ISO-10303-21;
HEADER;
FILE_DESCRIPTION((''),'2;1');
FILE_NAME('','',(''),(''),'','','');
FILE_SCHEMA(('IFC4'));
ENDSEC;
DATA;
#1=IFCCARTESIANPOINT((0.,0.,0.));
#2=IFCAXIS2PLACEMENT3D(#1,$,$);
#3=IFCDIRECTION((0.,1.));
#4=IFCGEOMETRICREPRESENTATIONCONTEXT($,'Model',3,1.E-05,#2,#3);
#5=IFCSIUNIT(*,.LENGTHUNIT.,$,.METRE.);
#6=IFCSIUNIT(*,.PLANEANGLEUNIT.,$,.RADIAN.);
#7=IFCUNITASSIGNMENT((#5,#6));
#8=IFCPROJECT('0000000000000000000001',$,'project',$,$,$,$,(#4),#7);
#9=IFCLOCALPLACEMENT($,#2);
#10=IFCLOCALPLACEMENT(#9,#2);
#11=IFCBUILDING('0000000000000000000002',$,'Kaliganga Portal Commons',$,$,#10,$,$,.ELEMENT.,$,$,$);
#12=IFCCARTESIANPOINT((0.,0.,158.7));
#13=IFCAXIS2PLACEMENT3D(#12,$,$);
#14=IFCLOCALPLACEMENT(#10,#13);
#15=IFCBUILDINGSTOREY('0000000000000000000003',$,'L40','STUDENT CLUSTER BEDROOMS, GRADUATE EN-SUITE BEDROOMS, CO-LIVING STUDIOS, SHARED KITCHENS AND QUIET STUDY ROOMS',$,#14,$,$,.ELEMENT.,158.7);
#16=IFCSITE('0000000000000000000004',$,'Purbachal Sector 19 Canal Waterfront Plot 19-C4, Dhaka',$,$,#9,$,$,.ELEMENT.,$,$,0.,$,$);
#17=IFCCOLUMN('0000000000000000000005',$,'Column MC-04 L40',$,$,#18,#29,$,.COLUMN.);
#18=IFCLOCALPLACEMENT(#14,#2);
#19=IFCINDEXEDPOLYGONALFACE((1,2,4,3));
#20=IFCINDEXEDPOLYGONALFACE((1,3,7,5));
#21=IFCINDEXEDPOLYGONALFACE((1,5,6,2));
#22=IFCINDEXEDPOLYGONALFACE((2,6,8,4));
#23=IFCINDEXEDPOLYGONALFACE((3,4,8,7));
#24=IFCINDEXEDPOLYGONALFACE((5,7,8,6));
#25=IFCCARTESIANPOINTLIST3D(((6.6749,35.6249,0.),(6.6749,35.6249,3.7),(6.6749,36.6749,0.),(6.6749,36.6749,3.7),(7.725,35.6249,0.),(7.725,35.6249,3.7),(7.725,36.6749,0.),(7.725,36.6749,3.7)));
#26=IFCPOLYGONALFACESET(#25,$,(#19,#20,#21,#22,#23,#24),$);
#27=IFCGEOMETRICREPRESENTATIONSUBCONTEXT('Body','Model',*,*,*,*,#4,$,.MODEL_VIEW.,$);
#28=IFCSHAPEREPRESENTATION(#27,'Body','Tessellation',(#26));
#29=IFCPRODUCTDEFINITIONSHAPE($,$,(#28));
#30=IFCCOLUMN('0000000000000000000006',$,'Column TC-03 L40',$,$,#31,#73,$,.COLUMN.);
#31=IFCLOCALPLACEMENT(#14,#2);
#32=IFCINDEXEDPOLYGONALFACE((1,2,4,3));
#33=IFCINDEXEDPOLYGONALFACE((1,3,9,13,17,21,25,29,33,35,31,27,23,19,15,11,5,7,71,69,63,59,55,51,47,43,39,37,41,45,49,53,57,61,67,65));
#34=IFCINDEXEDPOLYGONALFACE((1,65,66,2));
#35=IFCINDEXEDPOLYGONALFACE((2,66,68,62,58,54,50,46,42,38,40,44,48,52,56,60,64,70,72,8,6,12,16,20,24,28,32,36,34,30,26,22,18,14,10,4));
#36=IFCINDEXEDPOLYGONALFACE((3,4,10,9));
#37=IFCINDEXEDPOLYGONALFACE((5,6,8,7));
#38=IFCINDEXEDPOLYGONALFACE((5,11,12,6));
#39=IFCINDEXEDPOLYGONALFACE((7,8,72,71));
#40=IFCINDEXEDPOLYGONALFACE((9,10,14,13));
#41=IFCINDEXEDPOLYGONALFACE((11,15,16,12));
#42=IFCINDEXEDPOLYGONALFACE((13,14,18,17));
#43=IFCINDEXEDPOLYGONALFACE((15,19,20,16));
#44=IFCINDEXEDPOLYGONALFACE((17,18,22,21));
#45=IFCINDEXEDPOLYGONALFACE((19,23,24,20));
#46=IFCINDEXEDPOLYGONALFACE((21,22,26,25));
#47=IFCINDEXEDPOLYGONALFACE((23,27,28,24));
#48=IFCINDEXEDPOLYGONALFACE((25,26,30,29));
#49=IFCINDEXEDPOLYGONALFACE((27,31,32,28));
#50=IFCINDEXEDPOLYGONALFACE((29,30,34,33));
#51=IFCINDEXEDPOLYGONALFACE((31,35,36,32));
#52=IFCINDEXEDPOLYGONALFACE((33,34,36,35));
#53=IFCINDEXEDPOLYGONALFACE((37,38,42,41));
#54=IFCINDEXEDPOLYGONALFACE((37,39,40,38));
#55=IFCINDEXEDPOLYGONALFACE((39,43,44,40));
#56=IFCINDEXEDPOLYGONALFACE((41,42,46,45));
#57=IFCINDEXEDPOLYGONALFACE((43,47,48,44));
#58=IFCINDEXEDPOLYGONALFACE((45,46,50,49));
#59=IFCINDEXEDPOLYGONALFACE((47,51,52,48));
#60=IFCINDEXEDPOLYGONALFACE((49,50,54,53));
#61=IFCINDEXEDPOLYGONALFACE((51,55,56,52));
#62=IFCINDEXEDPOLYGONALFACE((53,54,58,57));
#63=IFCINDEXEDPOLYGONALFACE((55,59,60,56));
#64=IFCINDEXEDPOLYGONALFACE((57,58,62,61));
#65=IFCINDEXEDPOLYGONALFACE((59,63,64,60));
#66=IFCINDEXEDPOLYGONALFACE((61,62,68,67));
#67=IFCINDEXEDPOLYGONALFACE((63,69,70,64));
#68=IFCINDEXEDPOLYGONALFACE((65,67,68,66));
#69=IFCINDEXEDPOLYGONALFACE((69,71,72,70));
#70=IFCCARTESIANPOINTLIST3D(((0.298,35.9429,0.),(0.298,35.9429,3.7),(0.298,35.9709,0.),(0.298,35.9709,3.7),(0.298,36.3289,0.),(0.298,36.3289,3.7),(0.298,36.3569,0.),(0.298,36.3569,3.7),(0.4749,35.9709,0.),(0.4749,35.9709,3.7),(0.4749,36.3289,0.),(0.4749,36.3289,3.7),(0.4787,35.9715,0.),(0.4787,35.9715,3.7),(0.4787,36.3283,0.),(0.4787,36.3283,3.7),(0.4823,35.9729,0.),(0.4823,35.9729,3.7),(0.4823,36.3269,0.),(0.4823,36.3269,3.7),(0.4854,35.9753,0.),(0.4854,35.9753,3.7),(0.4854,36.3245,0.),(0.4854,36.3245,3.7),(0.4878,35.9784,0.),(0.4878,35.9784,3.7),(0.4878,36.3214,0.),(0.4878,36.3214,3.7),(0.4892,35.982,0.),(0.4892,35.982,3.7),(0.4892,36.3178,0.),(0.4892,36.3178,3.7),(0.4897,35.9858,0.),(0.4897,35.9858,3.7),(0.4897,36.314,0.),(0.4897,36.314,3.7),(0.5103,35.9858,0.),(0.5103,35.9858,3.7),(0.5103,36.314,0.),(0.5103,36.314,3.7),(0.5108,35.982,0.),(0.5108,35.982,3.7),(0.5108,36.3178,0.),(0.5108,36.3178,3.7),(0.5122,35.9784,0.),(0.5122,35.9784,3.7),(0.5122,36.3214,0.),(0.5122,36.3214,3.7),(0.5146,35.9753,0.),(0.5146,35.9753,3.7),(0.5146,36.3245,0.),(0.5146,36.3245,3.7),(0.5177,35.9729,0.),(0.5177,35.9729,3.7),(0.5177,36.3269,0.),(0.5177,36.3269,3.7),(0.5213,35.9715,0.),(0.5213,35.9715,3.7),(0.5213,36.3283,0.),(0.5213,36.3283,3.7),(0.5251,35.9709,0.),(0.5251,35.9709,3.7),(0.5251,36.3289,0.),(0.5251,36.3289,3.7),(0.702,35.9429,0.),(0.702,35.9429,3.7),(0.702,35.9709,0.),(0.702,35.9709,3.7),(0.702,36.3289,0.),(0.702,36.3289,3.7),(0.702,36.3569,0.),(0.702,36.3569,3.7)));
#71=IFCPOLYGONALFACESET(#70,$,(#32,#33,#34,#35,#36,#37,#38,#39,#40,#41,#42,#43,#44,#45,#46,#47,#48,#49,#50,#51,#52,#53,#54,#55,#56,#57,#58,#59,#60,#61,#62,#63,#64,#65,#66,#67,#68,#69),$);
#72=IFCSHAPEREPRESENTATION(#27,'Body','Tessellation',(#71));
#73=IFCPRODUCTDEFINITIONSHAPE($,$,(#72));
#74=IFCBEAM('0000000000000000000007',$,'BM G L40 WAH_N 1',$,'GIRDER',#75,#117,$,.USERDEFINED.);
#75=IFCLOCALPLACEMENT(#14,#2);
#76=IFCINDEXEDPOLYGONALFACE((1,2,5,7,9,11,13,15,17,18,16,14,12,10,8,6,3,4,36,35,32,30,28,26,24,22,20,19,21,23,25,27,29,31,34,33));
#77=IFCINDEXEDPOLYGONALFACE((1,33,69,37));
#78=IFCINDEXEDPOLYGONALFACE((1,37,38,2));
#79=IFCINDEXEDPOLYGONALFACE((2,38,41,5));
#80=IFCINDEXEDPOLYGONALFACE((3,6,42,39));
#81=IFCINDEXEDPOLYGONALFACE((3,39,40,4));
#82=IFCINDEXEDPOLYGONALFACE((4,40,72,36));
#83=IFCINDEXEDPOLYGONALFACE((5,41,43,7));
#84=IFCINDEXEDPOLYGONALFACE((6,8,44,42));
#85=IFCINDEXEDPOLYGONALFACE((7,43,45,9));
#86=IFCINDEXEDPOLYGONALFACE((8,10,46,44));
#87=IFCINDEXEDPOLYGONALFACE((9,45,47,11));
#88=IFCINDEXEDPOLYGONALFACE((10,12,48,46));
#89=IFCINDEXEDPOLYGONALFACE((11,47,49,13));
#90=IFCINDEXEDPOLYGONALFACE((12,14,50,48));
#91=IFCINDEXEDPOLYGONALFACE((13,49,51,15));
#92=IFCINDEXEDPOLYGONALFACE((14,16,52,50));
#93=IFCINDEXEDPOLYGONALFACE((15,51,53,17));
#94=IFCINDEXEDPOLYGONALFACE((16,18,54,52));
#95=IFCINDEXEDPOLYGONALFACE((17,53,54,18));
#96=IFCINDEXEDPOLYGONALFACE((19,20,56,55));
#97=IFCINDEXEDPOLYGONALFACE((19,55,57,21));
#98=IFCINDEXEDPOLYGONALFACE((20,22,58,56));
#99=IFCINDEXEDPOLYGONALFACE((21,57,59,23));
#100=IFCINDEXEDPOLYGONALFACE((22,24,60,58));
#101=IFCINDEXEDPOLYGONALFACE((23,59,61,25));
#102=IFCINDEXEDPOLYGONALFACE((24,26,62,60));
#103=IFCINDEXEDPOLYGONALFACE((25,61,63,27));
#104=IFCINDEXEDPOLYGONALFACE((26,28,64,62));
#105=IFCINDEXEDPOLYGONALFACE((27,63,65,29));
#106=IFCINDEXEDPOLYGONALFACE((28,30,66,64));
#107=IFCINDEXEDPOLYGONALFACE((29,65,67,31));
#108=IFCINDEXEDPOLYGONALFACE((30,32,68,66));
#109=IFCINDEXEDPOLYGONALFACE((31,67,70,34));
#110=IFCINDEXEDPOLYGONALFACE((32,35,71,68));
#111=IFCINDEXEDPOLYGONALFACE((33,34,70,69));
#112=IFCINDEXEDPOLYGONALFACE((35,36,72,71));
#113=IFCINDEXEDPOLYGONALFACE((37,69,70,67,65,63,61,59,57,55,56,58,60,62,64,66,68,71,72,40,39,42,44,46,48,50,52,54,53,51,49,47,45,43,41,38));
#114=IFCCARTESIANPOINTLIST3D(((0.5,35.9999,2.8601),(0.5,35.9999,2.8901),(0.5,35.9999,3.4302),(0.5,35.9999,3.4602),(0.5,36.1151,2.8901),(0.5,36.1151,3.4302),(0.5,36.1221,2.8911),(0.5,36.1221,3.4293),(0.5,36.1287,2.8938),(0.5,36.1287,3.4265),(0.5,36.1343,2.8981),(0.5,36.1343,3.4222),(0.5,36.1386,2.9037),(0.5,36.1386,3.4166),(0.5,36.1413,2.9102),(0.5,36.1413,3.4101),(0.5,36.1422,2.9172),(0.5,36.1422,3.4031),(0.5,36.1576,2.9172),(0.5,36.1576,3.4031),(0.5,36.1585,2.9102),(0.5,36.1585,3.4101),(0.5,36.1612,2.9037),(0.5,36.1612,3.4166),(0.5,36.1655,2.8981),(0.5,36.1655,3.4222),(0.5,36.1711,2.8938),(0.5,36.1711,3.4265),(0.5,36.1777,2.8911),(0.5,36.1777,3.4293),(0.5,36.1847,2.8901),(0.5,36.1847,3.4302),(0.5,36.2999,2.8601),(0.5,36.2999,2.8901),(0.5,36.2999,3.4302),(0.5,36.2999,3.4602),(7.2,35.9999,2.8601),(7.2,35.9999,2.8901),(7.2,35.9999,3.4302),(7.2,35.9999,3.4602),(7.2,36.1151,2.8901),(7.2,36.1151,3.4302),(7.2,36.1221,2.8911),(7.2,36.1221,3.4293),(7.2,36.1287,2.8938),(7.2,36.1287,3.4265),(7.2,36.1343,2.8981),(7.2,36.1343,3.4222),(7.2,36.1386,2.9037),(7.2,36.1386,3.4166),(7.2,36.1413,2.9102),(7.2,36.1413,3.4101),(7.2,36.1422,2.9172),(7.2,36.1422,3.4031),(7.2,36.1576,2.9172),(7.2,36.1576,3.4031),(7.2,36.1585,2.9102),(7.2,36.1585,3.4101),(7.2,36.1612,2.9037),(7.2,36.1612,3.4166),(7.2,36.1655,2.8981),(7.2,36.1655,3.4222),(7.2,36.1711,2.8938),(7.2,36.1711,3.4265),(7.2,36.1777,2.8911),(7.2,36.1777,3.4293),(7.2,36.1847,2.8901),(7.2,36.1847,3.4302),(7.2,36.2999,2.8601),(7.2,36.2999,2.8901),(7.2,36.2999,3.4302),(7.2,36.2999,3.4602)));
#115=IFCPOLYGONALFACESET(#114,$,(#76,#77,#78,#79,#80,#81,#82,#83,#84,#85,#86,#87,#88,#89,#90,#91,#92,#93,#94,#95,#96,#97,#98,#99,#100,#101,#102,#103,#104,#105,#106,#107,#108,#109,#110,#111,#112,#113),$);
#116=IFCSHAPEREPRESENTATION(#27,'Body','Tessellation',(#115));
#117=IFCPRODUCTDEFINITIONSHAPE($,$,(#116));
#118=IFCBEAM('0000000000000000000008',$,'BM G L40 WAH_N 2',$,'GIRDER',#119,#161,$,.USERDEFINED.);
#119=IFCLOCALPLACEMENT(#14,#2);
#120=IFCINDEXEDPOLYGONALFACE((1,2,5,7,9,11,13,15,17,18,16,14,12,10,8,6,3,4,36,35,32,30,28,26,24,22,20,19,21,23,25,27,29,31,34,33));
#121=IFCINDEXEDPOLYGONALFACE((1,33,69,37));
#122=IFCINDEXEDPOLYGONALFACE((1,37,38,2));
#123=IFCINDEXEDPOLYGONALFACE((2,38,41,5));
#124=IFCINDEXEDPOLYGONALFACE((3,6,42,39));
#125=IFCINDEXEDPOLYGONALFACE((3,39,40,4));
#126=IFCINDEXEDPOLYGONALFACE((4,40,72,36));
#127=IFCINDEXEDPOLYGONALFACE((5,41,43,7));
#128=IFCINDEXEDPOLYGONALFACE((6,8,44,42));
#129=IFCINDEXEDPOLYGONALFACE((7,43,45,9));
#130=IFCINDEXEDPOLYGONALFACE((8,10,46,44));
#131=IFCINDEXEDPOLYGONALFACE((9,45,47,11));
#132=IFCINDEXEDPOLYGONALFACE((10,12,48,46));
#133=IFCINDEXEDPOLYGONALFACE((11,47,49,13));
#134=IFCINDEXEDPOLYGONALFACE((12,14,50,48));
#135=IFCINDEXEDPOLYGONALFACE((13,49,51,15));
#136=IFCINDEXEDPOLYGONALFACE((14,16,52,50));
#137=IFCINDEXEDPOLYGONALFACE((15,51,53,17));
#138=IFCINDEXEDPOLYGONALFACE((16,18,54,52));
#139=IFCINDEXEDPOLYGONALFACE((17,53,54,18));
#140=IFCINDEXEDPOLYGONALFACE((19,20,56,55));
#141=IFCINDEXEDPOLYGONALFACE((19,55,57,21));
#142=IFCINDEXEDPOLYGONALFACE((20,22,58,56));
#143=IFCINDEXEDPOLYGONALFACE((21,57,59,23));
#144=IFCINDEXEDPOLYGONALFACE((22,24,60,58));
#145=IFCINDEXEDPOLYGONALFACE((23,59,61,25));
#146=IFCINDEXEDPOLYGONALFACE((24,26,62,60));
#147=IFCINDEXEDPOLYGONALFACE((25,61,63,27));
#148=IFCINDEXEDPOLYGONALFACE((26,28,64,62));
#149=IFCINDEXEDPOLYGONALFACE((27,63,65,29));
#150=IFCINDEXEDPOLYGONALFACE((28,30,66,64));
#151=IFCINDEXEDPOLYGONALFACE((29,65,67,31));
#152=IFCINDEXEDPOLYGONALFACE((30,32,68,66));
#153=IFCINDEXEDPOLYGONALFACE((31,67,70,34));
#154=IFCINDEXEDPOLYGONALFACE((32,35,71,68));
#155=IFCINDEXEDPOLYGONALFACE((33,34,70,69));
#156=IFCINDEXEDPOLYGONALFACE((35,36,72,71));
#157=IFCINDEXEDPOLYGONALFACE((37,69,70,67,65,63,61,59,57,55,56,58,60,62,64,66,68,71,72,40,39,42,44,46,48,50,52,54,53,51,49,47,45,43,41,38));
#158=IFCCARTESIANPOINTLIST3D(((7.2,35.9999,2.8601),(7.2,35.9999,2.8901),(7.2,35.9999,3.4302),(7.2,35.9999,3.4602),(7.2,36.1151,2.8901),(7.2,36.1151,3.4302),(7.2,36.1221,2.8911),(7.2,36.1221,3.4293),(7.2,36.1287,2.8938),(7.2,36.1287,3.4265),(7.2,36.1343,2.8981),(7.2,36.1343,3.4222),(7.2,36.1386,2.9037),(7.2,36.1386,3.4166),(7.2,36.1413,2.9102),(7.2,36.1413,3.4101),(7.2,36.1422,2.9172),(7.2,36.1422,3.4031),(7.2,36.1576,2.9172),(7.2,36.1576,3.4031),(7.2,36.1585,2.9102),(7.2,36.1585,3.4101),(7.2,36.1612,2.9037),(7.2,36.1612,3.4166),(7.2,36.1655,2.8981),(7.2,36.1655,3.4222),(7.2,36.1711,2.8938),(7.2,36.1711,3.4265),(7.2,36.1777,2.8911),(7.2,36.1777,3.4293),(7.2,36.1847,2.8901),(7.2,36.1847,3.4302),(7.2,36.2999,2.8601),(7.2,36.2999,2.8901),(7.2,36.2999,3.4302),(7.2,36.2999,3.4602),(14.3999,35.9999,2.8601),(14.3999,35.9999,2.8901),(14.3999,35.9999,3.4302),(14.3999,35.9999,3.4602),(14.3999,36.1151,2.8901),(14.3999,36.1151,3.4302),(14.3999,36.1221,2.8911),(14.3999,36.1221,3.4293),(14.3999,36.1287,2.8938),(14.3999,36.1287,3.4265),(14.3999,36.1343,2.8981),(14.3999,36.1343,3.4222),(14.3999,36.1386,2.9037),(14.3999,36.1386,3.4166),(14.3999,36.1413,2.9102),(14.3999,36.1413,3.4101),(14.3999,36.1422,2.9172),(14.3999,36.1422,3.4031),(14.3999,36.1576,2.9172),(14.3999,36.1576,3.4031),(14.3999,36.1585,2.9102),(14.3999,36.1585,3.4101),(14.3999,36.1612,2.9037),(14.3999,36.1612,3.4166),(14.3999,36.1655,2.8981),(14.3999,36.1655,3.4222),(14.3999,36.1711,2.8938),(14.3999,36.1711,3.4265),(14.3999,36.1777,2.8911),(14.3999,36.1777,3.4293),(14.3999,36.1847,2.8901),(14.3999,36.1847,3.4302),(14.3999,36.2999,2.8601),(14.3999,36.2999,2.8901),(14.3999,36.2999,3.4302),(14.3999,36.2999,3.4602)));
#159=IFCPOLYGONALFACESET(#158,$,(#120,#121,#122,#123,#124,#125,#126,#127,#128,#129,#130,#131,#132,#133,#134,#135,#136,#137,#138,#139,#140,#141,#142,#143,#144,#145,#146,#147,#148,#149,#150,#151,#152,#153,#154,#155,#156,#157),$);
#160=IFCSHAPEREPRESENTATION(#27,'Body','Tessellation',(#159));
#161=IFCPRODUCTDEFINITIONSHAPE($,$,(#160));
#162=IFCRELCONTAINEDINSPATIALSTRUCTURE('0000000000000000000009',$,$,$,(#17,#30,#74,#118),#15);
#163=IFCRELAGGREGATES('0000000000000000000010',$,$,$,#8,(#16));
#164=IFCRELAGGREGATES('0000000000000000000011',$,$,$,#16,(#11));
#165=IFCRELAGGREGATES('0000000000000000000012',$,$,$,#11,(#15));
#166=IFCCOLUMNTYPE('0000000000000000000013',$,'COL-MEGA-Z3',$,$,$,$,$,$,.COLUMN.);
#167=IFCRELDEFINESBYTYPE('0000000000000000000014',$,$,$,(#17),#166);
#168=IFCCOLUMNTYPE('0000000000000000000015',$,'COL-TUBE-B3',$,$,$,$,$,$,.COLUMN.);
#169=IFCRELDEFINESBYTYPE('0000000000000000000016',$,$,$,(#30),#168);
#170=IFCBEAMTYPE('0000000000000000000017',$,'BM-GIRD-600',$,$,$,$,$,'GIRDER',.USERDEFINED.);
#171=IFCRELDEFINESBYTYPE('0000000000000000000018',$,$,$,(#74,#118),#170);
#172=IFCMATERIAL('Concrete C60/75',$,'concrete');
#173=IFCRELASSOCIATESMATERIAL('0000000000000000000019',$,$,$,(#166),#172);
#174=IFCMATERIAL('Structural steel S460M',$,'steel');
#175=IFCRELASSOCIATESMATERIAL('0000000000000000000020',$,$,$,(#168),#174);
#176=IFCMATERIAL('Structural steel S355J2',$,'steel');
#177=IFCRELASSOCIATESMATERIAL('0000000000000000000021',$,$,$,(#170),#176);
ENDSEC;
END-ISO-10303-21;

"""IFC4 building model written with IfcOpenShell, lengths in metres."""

from ifc_helpers import new_model, si_unit, direction, frame, origin, origin_2d, place, context, subcontext, project, spatial, rectangle, i_section, extrude, source, transform, mapped, material, material_profile, profile_set, type_object, element, save


model = new_model("IFC4")

# Units and contexts
model_context = context("Model", 3, precision=1e-05, world=origin(), true_north=direction((0.0, 1.0)))
body_context = subcontext(model_context, "Body", "Model", "MODEL_VIEW")
ifc_project = project(units=[si_unit("LENGTHUNIT", "METRE"), si_unit("PLANEANGLEUNIT", "RADIAN")], contexts=[model_context])

# Site, building, storey
site_placement = place(None, origin())
site = spatial("IfcSite", under=ifc_project, at=site_placement, Name="Purbachal Sector 19 Canal Waterfront Plot 19-C4, Dhaka", CompositionType="ELEMENT", RefElevation=0.0)
building_placement = place(site_placement, origin())
building = spatial("IfcBuilding", under=site, at=building_placement, Name="Kaliganga Portal Commons", CompositionType="ELEMENT")
storey_placement = place(building_placement, frame((0.0, 0.0, 158.7)))
storey = spatial("IfcBuildingStorey", under=building, at=storey_placement, Name="L40", Description="STUDENT CLUSTER BEDROOMS, GRADUATE EN-SUITE BEDROOMS, CO-LIVING STUDIOS, SHARED KITCHENS AND QUIET STUDY ROOMS", CompositionType="ELEMENT", Elevation=158.7)

# Columns
ifc_material_1 = material(Name="Concrete C60/75", Category="concrete")
ifc_material_profile_1 = material_profile(ifc_material_1, rectangle(XDim=1.05, YDim=1.05, at=origin_2d()), Name="RC 1050x1050")
ifc_profile_set_1 = profile_set([ifc_material_profile_1], Name="Concrete C60/75")
column_type_1 = type_object("IfcColumnType", Name="COL-MEGA-Z3", PredefinedType="COLUMN", material=ifc_profile_set_1)
shared_shape_1 = source(origin(), body_context, "Body", "SweptSolid", [
    extrude(rectangle(XDim=1.05, YDim=1.05, at=origin_2d()), origin(), (0.0, 0.0, 1.0), 3.7),
])
column_1_placement = place(storey_placement, frame((7.2, 36.1499, 0.0), z_axis=(0.0, 0.0, 1.0), x_axis=(1.0, 0.0, 0.0)))
element("IfcColumn", 1, at=column_1_placement, inside=storey, type_object=column_type_1, Name="Column MC-04 L40", PredefinedType="COLUMN", context=body_context, shape_type="MappedRepresentation", body=[
    mapped(shared_shape_1, transform((0.0, 0.0, 0.0), x_axis=(1.0, 0.0, 0.0), y_axis=(0.0, 1.0, 0.0), z_axis=(0.0, 0.0, 1.0), scale=1.0)),
])
ifc_material_2 = material(Name="Structural steel S460M", Category="steel")
ifc_material_profile_2 = material_profile(ifc_material_2, i_section(OverallWidth=0.4041, OverallDepth=0.4141, WebThickness=0.0205, FlangeThickness=0.0281, FilletRadius=0.0149, at=origin_2d()), Name="HD 400x347")
ifc_profile_set_2 = profile_set([ifc_material_profile_2], Name="Structural steel S460M wide-flange")
column_type_2 = type_object("IfcColumnType", Name="COL-TUBE-B3", PredefinedType="COLUMN", material=ifc_profile_set_2)
shared_shape_2 = source(origin(), body_context, "Body", "SweptSolid", [
    extrude(i_section(OverallWidth=0.4041, OverallDepth=0.4141, WebThickness=0.0205, FlangeThickness=0.0281, FilletRadius=0.0149, at=origin_2d()), origin(), (0.0, 0.0, 1.0), 3.7),
])
column_2_placement = place(storey_placement, frame((0.5, 36.1499, 0.0), z_axis=(0.0, 0.0, 1.0), x_axis=(1.0, 0.0, 0.0)))
element("IfcColumn", 2, at=column_2_placement, inside=storey, type_object=column_type_2, Name="Column TC-03 L40", PredefinedType="COLUMN", context=body_context, shape_type="MappedRepresentation", body=[
    mapped(shared_shape_2, transform((0.0, 0.0, 0.0), x_axis=(1.0, 0.0, 0.0), y_axis=(0.0, 1.0, 0.0), z_axis=(0.0, 0.0, 1.0), scale=1.0)),
])

# Beams
ifc_material_3 = material(Name="Structural steel S355J2", Category="steel")
ifc_material_profile_3 = material_profile(ifc_material_3, i_section(OverallWidth=0.3, OverallDepth=0.6001, WebThickness=0.0154, FlangeThickness=0.03, FilletRadius=0.0271, at=origin_2d()), Name="HE 600 B")
ifc_profile_set_3 = profile_set([ifc_material_profile_3], Name="Structural steel S355J2 wide-flange")
beam_type = type_object("IfcBeamType", Name="BM-GIRD-600", ElementType="GIRDER", PredefinedType="USERDEFINED", material=ifc_profile_set_3)
shared_shape_3 = source(origin(), body_context, "Body", "SweptSolid", [
    extrude(i_section(OverallWidth=0.3, OverallDepth=0.6001, WebThickness=0.0154, FlangeThickness=0.03, FilletRadius=0.0271, at=origin_2d()), origin(), (0.0, 0.0, 1.0), 6.7),
])
beam_1_placement = place(storey_placement, frame((0.5, 36.1499, 3.1602), z_axis=(1.0, 0.0, 0.0), x_axis=(0.0, 1.0, 0.0)))
element("IfcBeam", 3, at=beam_1_placement, inside=storey, type_object=beam_type, Name="BM G L40 WAH_N 1", ObjectType="GIRDER", PredefinedType="USERDEFINED", context=body_context, shape_type="MappedRepresentation", body=[
    mapped(shared_shape_3, transform((0.0, 0.0, 0.0), x_axis=(1.0, 0.0, 0.0), y_axis=(0.0, 1.0, 0.0), z_axis=(0.0, 0.0, 1.0), scale=1.0)),
])
shared_shape_4 = source(origin(), body_context, "Body", "SweptSolid", [
    extrude(i_section(OverallWidth=0.3, OverallDepth=0.6001, WebThickness=0.0154, FlangeThickness=0.03, FilletRadius=0.0271, at=origin_2d()), origin(), (0.0, 0.0, 1.0), 7.2),
])
beam_2_placement = place(storey_placement, frame((7.2, 36.1499, 3.1602), z_axis=(1.0, 0.0, 0.0), x_axis=(0.0, 1.0, 0.0)))
element("IfcBeam", 4, at=beam_2_placement, inside=storey, type_object=beam_type, Name="BM G L40 WAH_N 2", ObjectType="GIRDER", PredefinedType="USERDEFINED", context=body_context, shape_type="MappedRepresentation", body=[
    mapped(shared_shape_4, transform((0.0, 0.0, 0.0), x_axis=(1.0, 0.0, 0.0), y_axis=(0.0, 1.0, 0.0), z_axis=(0.0, 0.0, 1.0), scale=1.0)),
])

save(model, "model.ifc")
